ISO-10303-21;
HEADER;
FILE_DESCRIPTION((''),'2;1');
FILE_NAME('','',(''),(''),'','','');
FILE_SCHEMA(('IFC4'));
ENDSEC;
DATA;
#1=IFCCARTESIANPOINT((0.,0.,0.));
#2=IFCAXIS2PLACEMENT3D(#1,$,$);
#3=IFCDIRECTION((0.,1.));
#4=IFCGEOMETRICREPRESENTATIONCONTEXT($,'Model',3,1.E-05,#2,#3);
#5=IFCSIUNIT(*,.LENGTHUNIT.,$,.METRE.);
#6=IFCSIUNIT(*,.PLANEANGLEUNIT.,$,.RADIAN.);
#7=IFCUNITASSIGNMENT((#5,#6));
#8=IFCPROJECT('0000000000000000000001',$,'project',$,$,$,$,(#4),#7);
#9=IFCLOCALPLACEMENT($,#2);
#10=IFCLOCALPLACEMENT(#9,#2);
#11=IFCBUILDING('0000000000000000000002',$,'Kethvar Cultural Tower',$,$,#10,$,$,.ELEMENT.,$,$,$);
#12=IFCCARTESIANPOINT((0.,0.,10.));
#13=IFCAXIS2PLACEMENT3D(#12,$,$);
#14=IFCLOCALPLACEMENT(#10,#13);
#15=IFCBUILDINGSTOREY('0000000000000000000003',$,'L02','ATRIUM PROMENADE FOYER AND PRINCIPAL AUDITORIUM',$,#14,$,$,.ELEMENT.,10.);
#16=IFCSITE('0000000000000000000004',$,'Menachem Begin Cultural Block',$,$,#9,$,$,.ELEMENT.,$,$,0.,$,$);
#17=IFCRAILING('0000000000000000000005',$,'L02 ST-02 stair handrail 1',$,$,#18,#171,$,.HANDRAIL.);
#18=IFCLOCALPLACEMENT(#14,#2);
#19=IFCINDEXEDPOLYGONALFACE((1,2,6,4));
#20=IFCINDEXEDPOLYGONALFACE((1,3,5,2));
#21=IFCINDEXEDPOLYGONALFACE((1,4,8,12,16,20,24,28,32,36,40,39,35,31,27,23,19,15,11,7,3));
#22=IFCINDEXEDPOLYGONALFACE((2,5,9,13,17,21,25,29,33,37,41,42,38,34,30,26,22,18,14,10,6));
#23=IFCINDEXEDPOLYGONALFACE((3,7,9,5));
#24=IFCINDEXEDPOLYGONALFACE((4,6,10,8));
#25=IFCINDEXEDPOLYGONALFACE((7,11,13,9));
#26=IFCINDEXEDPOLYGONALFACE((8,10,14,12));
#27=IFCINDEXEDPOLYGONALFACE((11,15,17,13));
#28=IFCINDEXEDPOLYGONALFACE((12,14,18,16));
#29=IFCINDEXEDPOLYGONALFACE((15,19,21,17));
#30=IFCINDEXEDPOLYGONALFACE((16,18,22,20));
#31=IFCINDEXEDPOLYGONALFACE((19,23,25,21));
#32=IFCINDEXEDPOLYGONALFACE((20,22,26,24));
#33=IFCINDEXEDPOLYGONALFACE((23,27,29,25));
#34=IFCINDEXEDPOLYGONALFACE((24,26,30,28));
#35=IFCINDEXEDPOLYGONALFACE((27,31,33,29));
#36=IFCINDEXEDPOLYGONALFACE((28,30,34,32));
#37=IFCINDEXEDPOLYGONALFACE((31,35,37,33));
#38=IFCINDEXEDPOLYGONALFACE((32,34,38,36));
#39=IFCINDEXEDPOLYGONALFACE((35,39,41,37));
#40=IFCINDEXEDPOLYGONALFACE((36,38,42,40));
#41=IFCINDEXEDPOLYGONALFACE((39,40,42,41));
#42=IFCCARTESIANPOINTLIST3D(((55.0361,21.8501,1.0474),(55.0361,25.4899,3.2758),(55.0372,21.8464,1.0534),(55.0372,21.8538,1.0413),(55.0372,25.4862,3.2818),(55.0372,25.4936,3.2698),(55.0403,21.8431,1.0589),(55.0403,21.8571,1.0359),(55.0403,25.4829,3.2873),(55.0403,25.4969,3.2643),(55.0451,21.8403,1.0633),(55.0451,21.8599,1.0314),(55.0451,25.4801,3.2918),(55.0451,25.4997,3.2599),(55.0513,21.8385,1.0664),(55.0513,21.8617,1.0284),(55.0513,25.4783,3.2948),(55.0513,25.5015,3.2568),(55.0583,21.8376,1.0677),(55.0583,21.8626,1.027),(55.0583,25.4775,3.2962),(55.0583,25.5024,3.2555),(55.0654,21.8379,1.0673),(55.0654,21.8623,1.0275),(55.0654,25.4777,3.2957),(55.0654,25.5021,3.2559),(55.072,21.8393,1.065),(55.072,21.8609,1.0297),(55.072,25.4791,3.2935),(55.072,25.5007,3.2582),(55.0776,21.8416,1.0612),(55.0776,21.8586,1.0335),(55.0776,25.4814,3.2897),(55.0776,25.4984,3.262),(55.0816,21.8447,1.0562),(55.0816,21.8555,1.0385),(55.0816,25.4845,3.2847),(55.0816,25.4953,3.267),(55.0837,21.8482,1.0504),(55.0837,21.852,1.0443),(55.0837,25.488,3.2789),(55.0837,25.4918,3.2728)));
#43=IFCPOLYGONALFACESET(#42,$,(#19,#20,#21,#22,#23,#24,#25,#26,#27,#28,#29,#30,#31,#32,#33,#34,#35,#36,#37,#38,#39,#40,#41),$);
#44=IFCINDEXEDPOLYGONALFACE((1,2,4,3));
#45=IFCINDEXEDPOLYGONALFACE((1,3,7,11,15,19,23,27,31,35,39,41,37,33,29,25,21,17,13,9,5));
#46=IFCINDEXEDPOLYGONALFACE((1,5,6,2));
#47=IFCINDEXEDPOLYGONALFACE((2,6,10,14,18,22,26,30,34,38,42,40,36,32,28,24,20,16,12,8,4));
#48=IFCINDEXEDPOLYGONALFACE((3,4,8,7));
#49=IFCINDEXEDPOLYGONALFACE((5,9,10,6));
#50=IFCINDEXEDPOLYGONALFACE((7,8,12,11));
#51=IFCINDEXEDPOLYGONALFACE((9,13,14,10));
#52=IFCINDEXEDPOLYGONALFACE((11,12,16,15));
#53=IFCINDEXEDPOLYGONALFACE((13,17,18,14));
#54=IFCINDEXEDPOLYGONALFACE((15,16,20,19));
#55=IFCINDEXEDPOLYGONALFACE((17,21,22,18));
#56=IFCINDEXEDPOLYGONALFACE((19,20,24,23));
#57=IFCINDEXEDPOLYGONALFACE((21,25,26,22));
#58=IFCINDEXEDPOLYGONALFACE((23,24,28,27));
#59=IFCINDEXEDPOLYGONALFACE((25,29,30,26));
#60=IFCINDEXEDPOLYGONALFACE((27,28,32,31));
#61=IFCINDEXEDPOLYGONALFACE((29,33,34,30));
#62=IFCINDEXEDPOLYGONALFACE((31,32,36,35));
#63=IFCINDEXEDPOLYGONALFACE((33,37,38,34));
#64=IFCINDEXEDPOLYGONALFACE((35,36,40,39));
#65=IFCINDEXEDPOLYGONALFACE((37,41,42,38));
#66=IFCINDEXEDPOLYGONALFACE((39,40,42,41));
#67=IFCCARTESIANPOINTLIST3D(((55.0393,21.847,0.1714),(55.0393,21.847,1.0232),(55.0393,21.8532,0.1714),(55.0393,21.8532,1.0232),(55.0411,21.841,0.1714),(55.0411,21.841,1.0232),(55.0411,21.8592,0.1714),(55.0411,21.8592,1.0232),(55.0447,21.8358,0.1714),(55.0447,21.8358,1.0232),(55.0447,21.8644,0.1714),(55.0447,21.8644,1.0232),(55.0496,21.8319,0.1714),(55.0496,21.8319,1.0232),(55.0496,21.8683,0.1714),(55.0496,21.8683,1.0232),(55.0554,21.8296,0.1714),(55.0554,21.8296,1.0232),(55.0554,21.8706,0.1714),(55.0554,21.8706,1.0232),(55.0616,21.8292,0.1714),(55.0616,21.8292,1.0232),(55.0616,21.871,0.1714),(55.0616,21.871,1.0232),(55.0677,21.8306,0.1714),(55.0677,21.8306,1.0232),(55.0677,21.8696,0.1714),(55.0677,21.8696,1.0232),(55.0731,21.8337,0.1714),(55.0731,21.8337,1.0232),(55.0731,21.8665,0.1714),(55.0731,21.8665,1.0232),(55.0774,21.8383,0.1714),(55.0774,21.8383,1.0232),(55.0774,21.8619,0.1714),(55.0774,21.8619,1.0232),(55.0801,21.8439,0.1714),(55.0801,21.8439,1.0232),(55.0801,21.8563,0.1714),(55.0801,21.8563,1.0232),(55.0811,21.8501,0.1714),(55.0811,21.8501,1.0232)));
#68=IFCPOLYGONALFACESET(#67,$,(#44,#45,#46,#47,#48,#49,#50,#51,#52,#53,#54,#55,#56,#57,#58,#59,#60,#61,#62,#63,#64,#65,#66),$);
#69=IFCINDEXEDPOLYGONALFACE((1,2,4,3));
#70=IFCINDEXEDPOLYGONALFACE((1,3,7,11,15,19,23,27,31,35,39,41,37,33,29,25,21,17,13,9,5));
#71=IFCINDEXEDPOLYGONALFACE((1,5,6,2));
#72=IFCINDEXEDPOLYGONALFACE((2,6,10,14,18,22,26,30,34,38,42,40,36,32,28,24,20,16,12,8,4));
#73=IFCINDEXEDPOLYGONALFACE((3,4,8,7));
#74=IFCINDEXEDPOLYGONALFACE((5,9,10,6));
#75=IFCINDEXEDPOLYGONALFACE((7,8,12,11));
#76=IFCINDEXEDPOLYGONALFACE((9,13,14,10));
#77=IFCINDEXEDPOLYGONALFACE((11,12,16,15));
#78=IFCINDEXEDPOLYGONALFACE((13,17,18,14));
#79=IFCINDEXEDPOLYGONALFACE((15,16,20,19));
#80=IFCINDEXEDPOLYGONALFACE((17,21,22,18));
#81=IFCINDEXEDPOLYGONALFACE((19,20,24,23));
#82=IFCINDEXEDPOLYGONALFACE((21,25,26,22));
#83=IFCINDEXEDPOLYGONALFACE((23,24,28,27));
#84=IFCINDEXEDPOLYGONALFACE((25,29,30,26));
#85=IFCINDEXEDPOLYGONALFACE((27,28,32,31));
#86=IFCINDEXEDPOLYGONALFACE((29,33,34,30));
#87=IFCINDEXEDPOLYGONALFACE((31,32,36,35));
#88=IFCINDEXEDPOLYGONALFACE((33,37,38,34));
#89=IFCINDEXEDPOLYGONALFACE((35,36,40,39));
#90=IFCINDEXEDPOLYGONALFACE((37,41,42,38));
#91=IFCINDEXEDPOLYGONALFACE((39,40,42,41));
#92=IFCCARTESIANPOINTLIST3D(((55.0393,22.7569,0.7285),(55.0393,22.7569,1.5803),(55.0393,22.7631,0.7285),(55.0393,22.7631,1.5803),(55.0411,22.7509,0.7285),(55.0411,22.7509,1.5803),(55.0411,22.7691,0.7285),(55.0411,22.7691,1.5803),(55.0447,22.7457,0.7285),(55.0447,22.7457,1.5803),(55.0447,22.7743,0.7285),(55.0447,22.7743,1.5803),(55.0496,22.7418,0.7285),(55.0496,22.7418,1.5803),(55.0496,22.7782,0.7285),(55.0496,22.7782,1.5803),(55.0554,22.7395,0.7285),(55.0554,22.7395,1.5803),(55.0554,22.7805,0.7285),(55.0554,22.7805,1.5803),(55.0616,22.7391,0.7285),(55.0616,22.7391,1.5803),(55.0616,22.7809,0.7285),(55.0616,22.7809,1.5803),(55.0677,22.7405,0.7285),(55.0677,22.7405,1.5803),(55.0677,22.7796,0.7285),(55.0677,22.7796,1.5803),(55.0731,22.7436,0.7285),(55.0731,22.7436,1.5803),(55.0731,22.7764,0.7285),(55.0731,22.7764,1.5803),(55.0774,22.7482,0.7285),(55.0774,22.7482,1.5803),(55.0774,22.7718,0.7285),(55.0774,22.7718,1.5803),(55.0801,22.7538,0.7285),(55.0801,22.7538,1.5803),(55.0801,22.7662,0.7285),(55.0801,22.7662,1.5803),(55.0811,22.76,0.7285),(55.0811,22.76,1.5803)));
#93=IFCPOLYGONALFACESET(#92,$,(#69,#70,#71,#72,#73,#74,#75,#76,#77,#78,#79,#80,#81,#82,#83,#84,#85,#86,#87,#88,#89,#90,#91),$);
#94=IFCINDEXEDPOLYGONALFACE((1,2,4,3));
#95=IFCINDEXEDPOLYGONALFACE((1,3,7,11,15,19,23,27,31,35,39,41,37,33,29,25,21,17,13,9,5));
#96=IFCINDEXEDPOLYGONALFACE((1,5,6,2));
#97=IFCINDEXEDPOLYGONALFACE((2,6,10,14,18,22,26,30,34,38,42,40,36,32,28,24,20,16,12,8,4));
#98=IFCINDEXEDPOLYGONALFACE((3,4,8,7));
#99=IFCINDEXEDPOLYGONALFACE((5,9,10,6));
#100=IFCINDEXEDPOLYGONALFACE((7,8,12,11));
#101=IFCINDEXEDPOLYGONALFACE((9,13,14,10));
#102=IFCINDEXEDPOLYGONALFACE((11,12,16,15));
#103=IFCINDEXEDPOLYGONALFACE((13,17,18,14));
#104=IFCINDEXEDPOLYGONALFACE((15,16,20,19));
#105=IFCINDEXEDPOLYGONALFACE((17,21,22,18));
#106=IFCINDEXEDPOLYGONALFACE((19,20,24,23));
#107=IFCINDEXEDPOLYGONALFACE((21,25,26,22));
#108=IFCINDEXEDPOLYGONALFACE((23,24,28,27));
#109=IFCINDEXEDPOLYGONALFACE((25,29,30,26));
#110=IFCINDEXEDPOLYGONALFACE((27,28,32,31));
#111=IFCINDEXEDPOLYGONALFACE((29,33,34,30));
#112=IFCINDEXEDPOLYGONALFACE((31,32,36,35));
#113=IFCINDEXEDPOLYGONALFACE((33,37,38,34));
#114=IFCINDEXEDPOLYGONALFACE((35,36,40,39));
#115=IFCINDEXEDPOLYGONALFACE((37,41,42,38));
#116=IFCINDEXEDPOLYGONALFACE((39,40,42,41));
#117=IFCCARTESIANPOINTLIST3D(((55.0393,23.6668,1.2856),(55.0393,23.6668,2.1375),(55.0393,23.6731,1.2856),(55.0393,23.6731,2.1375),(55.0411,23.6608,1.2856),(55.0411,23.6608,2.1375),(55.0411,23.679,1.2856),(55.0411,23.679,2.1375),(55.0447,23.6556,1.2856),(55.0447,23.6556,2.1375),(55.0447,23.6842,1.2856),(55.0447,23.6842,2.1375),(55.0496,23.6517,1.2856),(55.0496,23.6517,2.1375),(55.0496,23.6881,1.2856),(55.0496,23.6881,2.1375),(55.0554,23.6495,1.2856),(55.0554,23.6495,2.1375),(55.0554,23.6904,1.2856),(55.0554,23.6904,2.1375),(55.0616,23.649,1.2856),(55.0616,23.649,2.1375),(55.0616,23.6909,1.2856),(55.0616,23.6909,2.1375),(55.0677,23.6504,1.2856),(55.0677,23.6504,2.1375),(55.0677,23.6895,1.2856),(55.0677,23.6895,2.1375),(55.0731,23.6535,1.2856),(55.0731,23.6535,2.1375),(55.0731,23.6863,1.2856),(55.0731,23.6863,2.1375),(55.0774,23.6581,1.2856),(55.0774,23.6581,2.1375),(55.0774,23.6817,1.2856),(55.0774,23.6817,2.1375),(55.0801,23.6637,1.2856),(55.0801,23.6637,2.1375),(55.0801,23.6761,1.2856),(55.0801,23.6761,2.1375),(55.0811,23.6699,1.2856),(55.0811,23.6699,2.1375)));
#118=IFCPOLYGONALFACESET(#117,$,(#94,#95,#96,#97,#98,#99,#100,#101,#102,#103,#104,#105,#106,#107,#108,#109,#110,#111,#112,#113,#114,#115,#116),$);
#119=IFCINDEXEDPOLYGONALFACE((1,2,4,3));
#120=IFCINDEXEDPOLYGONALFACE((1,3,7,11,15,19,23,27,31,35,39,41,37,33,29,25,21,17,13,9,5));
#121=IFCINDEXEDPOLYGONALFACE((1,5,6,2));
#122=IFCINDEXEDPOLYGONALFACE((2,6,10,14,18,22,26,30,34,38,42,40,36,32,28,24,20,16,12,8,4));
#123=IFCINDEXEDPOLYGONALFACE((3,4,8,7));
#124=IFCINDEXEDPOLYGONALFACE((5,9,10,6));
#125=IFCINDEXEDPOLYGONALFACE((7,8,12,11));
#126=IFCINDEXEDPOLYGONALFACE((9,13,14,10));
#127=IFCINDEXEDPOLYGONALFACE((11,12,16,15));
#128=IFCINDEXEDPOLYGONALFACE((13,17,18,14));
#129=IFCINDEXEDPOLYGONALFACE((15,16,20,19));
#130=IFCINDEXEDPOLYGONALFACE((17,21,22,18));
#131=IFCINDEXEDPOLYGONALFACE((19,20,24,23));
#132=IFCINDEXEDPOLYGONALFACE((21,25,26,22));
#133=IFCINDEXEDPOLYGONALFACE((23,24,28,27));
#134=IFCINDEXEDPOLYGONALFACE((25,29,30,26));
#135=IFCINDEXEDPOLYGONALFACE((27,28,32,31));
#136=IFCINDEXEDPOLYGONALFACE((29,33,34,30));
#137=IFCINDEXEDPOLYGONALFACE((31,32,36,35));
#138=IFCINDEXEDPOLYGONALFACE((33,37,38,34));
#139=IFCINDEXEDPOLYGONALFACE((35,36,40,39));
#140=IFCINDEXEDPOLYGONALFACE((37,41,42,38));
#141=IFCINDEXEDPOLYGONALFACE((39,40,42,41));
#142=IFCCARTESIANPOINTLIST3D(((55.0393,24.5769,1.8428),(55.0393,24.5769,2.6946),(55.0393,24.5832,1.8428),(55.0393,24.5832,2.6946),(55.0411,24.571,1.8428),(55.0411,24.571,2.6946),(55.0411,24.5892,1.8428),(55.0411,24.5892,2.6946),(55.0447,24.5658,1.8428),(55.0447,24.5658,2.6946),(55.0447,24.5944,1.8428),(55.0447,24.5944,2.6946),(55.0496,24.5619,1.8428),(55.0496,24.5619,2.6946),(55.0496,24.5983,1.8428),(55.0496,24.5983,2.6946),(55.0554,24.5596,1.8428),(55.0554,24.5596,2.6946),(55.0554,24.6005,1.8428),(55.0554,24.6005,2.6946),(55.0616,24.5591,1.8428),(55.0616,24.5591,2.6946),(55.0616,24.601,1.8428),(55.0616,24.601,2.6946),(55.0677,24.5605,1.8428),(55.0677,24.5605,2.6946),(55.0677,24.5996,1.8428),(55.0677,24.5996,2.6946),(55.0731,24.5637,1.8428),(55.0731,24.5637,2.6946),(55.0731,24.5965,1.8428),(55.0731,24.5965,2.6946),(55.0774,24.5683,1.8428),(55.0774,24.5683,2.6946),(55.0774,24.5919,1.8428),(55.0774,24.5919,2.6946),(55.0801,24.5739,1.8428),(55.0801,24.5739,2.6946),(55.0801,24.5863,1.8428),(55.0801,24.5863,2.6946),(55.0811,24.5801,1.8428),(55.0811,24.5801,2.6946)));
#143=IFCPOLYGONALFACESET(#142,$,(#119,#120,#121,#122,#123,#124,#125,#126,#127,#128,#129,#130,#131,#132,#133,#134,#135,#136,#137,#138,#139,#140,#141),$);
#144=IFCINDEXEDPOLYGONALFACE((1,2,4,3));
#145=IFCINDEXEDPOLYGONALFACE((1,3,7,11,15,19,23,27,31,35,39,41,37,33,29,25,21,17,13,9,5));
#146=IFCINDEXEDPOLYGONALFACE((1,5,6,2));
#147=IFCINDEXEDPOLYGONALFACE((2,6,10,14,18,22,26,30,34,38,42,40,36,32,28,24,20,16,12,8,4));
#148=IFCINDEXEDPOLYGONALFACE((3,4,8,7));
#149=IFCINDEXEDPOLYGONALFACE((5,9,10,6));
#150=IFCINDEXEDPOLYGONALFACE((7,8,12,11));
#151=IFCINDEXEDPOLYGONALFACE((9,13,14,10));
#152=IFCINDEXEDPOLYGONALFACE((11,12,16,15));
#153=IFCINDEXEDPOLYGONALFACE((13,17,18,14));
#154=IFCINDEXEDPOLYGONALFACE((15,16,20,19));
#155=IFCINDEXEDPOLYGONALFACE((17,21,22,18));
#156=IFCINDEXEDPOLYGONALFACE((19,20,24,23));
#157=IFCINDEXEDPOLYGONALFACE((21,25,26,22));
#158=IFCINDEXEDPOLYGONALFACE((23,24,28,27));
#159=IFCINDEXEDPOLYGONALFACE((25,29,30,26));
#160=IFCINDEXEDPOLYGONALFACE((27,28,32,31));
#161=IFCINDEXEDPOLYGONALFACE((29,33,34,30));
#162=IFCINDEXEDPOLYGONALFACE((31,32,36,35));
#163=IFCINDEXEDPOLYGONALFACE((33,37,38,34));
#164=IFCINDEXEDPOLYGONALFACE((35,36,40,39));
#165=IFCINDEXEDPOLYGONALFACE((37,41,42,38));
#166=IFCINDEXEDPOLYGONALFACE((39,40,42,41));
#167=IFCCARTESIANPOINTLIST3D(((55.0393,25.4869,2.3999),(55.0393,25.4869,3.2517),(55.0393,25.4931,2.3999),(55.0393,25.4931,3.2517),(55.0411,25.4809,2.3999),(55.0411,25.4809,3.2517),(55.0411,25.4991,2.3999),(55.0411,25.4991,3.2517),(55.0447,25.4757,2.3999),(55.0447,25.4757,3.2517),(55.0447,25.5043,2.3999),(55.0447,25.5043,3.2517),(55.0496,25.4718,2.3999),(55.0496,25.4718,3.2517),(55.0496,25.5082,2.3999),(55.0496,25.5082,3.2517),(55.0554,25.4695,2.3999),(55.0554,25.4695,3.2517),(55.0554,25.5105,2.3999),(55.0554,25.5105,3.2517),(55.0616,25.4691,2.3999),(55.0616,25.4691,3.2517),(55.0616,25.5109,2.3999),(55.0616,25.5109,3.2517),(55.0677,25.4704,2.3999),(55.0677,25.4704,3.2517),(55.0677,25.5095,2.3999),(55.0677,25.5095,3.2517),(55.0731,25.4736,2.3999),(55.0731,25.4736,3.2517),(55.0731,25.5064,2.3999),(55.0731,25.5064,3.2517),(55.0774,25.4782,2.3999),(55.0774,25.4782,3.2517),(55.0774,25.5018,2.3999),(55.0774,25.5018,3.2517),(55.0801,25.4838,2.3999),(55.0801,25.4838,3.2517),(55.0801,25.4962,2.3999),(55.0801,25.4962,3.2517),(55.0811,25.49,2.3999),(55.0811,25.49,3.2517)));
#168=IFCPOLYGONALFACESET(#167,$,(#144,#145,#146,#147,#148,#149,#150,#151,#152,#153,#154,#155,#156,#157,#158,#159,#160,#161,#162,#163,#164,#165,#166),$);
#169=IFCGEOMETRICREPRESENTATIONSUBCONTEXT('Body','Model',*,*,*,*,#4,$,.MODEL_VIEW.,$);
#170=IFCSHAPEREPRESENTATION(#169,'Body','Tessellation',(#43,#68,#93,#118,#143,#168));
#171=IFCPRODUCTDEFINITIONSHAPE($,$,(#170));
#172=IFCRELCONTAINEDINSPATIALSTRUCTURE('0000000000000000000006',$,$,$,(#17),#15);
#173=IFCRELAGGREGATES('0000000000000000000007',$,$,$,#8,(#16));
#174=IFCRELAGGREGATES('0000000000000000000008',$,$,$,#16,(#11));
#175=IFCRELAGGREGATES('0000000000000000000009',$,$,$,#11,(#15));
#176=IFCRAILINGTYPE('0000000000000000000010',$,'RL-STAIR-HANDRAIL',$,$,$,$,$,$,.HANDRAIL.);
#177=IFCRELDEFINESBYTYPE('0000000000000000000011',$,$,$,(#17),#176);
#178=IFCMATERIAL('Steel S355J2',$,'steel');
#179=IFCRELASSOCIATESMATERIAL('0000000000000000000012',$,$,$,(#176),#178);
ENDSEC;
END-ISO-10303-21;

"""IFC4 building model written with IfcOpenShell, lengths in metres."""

from ifc_helpers import new_model, si_unit, direction, frame, origin, origin_2d, place, context, subcontext, project, spatial, circle, extrude, material, type_object, element, save


model = new_model("IFC4")

# Units and contexts
model_context = context("Model", 3, precision=1e-05, world=origin(), true_north=direction((0.0, 1.0)))
body_context = subcontext(model_context, "Body", "Model", "MODEL_VIEW")
ifc_project = project(units=[si_unit("LENGTHUNIT", "METRE"), si_unit("PLANEANGLEUNIT", "RADIAN")], contexts=[model_context])

# Site, building, storey
site_placement = place(None, origin())
site = spatial("IfcSite", under=ifc_project, at=site_placement, Name="Menachem Begin Cultural Block", CompositionType="ELEMENT", RefElevation=0.0)
building_placement = place(site_placement, origin())
building = spatial("IfcBuilding", under=site, at=building_placement, Name="Kethvar Cultural Tower", CompositionType="ELEMENT")
storey_placement = place(building_placement, frame((0.0, 0.0, 10.0)))
storey = spatial("IfcBuildingStorey", under=building, at=storey_placement, Name="L02", Description="ATRIUM PROMENADE FOYER AND PRINCIPAL AUDITORIUM", CompositionType="ELEMENT", Elevation=10.0)

# Shared definitions
ifc_material_1 = material(Name="Steel S355J2", Category="steel")

# Railing
railing_type_1 = type_object("IfcRailingType", Name="RL-STAIR-HANDRAIL", PredefinedType="HANDRAIL", material=ifc_material_1)
railing_1_placement = place(storey_placement, frame((55.0601, 21.8501, 0.1714)))
element("IfcRailing", 1, at=railing_1_placement, inside=storey, type_object=railing_type_1, Name="L02 ST-02 stair handrail 1", PredefinedType="HANDRAIL", context=body_context, shape_type="SweptSolid", body=[
    extrude(circle(Radius=0.0239, at=origin_2d()), frame((0.0, 0.0, 0.876), z_axis=(0.0, 0.85285, 0.522156), x_axis=(-1.0, 0.0, 0.0)), (0.0, 0.0, 1.0), 4.2678),
    extrude(circle(Radius=0.021, at=origin_2d()), origin(), (0.0, 0.0, 1.0), 0.8518),
    extrude(circle(Radius=0.021, at=origin_2d()), frame((0.0, 0.9099, 0.5571)), (0.0, 0.0, 1.0), 0.8518),
    extrude(circle(Radius=0.021, at=origin_2d()), frame((0.0, 1.8198, 1.1143)), (0.0, 0.0, 1.0), 0.8518),
    extrude(circle(Radius=0.021, at=origin_2d()), frame((0.0, 2.73, 1.6714)), (0.0, 0.0, 1.0), 0.8518),
    extrude(circle(Radius=0.021, at=origin_2d()), frame((0.0, 3.6399, 2.2285)), (0.0, 0.0, 1.0), 0.8518),
])

save(model, "model.ifc")
